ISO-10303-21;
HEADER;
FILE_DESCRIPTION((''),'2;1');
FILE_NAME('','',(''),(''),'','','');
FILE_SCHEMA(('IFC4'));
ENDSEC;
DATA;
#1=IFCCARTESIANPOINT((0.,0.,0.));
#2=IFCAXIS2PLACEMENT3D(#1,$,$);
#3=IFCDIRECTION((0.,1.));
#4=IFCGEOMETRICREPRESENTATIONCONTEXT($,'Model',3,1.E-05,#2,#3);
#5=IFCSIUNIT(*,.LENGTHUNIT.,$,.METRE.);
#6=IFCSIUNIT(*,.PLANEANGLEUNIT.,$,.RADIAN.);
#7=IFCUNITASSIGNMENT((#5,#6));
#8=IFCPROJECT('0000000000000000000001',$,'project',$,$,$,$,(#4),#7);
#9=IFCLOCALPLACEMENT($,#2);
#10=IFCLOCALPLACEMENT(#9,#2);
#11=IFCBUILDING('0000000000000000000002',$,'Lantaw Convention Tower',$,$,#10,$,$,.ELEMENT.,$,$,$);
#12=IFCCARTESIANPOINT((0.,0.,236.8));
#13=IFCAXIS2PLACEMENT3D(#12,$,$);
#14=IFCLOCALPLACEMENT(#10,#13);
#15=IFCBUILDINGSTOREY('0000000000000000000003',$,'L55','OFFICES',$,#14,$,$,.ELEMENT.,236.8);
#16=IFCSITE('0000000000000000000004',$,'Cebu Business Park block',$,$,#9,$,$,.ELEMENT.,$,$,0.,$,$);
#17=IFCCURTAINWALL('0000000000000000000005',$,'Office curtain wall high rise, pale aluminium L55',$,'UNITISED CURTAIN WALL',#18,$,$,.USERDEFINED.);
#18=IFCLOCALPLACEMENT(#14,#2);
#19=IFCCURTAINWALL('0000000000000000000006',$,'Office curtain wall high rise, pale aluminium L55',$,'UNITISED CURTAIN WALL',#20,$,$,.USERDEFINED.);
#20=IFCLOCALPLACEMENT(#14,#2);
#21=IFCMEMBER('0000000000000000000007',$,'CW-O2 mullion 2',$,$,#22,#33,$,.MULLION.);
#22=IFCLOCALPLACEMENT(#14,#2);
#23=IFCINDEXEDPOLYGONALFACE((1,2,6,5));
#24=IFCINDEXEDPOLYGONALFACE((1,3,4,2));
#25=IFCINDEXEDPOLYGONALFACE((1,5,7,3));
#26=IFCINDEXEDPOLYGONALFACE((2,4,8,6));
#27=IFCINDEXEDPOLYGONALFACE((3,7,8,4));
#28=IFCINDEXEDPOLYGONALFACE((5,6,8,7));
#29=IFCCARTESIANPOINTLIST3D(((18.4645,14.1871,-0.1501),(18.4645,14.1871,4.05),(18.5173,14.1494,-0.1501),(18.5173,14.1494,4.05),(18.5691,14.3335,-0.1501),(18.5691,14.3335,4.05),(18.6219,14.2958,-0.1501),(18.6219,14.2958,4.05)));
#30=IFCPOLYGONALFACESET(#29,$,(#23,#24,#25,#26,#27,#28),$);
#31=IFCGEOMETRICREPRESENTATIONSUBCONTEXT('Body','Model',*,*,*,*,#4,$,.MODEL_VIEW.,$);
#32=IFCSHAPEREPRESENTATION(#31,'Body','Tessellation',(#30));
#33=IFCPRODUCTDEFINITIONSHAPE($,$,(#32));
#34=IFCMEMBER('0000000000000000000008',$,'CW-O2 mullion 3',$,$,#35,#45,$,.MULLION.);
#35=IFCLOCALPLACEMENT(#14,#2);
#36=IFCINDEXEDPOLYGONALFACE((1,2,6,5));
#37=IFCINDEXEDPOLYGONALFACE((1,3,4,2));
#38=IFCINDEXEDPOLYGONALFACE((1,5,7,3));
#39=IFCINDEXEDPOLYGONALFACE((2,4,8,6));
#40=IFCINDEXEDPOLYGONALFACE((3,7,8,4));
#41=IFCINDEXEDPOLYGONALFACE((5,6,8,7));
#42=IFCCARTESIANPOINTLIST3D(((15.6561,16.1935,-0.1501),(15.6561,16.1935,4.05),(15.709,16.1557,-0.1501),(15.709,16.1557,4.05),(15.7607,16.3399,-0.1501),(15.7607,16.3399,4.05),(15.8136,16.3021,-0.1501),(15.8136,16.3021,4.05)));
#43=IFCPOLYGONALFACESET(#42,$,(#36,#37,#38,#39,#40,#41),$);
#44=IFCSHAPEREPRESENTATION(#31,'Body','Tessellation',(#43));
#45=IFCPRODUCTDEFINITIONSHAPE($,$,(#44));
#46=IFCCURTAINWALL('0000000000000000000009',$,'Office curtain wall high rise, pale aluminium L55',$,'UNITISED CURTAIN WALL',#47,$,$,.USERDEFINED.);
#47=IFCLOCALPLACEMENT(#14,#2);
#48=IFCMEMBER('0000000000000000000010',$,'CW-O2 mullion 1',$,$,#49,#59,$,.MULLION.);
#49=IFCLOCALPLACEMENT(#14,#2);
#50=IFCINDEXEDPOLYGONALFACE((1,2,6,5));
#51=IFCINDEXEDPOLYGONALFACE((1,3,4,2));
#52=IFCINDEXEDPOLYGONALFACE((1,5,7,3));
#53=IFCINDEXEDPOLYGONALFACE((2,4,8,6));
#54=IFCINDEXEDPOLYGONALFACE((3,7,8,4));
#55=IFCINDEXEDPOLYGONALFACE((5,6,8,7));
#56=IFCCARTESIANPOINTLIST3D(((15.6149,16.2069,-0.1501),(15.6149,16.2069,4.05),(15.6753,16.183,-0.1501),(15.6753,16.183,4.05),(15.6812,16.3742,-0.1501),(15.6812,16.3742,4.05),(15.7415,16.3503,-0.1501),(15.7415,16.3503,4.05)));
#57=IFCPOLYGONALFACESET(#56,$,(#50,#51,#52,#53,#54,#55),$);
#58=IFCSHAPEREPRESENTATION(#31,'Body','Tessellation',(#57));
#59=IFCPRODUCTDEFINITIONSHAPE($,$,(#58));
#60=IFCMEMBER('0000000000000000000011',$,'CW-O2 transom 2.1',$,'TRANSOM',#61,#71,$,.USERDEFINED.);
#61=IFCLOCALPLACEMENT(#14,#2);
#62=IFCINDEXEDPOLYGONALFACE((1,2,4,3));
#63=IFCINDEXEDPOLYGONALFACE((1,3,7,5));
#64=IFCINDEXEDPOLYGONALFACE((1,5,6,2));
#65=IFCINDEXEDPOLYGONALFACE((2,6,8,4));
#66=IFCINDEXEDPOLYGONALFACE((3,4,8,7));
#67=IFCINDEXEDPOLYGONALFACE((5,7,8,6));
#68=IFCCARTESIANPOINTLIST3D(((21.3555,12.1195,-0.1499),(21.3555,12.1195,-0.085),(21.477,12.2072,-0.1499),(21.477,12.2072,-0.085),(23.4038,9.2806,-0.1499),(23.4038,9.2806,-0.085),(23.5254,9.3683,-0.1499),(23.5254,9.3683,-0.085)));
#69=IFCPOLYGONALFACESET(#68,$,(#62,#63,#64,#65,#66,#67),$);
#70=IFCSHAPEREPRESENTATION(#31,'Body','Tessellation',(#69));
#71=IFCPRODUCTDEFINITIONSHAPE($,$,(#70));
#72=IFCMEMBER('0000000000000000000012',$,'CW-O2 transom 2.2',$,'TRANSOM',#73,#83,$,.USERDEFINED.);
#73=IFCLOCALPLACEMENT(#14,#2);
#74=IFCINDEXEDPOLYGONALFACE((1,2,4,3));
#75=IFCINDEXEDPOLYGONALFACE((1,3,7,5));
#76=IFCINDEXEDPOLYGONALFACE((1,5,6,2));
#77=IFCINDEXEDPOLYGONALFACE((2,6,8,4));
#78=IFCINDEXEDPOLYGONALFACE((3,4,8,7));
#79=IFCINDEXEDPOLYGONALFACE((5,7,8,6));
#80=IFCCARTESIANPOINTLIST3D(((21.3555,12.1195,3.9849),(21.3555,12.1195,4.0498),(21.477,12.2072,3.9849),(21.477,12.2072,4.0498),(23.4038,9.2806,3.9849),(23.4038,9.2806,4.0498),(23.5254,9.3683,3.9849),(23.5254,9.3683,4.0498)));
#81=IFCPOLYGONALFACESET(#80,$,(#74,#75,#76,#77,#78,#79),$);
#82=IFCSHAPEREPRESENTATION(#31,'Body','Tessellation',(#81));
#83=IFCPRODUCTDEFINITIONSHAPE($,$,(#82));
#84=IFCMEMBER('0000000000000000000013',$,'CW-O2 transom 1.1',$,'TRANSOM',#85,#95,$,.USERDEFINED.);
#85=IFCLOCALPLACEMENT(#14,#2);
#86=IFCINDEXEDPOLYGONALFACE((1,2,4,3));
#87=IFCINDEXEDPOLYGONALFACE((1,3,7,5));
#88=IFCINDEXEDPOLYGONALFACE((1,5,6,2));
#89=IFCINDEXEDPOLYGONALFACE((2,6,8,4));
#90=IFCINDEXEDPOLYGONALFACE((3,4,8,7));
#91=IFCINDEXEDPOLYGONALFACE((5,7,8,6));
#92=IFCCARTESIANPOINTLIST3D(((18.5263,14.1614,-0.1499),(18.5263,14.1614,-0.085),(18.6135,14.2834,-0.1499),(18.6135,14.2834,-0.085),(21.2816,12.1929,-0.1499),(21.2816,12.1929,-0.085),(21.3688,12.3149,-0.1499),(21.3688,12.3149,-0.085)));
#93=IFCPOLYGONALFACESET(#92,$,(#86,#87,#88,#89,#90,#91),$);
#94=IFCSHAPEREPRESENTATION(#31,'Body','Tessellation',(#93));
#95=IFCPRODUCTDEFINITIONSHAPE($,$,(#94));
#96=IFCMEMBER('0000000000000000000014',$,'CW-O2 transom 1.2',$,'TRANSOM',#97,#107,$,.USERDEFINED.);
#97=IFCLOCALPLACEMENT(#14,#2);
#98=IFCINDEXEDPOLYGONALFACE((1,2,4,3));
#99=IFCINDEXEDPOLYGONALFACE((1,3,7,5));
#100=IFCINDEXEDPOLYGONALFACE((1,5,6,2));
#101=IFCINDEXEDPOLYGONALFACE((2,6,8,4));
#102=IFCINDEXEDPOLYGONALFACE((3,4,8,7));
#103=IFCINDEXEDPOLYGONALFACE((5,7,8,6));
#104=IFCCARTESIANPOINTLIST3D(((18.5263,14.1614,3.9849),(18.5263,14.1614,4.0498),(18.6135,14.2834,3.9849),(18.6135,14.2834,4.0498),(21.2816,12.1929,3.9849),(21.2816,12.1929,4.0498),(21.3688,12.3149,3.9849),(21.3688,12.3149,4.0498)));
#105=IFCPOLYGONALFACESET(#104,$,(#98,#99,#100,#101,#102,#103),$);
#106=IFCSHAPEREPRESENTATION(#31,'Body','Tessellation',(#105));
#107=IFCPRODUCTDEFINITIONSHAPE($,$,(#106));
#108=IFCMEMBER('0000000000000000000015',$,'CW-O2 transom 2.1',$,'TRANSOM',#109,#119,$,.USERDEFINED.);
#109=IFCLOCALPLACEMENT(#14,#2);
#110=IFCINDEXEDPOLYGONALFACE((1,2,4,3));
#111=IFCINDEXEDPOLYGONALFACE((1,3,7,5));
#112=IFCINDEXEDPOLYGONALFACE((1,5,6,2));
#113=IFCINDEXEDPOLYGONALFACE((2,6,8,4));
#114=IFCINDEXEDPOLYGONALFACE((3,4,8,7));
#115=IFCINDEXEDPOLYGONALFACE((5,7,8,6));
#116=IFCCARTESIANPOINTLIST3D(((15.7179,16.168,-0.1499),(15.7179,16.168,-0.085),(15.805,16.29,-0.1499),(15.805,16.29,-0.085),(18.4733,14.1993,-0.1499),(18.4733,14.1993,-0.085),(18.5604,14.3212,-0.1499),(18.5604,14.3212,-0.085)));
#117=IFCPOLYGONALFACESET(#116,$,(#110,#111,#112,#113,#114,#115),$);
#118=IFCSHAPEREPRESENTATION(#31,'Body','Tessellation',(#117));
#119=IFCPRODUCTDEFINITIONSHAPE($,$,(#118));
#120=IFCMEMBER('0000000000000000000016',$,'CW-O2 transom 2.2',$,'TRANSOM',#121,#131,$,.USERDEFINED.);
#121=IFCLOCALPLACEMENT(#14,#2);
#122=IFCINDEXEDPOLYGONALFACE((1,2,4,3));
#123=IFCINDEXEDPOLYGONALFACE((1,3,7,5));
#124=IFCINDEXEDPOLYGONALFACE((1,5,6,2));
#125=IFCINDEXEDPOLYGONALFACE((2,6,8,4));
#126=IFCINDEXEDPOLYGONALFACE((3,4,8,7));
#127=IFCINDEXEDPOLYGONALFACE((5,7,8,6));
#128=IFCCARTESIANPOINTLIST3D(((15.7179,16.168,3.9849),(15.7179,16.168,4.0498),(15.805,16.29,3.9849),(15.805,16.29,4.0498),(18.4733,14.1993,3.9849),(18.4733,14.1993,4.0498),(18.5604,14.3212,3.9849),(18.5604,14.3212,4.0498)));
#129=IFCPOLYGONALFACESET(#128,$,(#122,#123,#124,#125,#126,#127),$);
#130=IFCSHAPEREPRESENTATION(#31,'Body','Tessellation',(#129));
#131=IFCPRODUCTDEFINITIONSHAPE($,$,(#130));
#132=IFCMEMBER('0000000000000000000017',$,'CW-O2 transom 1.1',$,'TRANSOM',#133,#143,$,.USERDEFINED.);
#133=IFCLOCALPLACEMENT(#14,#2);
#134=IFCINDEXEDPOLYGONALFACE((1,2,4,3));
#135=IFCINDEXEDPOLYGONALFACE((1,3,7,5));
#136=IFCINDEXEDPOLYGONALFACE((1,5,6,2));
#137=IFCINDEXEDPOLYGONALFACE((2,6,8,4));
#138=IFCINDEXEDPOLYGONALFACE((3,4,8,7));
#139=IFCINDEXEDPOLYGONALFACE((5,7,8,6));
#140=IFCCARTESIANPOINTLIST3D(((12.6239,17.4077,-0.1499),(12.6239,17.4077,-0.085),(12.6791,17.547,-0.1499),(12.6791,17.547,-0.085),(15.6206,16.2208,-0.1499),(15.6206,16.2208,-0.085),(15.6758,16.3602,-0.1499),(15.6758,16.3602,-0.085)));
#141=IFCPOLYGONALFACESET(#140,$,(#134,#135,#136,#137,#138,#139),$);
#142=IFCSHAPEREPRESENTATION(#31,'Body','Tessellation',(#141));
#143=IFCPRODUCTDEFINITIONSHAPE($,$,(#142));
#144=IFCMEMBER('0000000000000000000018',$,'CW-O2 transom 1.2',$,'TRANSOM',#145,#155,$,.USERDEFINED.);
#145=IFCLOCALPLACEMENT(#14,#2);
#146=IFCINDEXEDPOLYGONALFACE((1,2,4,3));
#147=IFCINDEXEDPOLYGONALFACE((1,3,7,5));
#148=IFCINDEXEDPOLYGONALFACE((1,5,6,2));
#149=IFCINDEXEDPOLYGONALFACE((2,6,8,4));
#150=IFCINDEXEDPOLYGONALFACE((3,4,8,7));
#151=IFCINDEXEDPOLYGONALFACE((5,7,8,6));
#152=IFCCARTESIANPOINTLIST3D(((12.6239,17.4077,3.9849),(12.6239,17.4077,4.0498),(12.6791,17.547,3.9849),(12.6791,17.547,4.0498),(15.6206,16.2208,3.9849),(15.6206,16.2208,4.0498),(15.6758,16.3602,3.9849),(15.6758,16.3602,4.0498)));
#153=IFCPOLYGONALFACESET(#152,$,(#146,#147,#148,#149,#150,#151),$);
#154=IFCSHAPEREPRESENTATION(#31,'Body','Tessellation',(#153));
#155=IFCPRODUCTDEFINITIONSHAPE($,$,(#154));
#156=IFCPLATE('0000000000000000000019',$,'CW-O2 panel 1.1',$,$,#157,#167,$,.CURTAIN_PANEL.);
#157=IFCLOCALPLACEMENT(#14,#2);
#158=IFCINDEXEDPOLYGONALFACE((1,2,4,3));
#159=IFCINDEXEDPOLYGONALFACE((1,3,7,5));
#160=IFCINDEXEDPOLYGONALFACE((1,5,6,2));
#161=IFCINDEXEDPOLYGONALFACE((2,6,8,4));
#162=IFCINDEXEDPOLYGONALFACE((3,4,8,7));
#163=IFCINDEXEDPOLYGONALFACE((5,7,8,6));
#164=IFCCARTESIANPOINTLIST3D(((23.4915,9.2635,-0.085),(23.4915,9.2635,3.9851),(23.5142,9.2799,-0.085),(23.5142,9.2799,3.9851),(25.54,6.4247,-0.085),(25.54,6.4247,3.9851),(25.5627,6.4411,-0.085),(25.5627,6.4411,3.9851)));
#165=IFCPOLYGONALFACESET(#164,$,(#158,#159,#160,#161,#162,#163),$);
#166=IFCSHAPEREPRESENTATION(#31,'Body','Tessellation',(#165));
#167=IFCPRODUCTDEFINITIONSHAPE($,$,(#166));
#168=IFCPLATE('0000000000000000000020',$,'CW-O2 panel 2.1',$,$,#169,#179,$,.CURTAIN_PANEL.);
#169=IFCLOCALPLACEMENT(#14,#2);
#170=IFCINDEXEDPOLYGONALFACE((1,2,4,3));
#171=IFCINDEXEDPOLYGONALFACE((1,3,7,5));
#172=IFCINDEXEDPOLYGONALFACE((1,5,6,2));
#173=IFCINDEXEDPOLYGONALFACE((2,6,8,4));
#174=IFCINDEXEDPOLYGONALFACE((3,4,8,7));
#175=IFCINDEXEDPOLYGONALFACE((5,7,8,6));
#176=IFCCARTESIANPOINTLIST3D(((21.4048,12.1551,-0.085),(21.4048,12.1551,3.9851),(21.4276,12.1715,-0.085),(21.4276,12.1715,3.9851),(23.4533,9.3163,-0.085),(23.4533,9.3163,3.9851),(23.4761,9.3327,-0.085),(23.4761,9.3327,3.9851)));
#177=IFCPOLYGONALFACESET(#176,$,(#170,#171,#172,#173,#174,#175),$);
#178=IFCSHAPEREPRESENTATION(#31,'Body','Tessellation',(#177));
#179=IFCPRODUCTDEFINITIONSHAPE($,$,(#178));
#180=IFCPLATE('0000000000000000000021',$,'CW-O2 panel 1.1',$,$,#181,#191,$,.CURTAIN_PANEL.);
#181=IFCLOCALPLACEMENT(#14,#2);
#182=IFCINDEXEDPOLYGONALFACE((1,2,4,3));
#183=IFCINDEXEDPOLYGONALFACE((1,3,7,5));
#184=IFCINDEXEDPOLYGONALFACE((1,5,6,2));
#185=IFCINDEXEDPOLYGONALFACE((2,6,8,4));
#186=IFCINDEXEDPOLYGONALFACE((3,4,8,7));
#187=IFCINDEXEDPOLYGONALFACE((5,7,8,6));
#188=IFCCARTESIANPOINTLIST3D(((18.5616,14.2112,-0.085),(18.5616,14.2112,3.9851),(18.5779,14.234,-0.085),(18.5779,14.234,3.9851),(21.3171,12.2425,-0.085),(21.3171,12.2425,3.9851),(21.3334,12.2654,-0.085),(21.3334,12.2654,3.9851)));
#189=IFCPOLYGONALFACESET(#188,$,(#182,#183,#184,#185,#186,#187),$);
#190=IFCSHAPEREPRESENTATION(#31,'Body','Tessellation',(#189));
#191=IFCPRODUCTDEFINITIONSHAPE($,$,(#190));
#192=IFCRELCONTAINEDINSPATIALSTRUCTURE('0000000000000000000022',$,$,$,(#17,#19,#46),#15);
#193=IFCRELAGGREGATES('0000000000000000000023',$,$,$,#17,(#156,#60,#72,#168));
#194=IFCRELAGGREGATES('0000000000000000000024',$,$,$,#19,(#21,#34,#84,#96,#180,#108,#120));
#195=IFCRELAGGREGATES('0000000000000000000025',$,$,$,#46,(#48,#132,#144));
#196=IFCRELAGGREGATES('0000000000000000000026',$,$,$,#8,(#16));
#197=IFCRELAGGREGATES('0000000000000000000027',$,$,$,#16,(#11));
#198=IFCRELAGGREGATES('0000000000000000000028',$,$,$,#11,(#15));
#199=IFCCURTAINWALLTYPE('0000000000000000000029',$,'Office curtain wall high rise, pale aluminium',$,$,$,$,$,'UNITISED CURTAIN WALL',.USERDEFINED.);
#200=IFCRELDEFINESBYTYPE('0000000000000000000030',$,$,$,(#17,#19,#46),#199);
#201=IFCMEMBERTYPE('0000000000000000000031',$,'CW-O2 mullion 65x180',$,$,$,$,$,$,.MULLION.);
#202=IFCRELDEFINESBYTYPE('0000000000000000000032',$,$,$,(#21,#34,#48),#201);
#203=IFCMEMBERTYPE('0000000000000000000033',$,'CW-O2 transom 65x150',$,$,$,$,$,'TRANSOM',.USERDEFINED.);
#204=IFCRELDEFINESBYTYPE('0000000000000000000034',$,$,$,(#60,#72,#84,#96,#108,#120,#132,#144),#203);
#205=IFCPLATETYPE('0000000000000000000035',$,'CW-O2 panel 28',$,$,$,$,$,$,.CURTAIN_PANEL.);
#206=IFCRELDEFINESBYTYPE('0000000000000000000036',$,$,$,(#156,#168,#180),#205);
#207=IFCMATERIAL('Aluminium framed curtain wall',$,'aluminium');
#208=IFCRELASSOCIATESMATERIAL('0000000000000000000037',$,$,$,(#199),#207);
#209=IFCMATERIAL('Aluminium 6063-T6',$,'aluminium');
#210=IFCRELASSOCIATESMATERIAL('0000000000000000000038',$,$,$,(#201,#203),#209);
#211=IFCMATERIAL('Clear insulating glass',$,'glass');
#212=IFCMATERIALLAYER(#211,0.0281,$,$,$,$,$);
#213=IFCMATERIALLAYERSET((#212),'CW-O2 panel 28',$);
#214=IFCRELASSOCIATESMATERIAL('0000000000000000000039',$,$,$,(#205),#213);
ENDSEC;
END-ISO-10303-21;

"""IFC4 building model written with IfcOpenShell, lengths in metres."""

from ifc_helpers import new_model, si_unit, direction, frame, origin, origin_2d, place, context, subcontext, project, spatial, rectangle, extrude, material, layer, layer_set, material_profile, profile_set, type_object, element, aggregate, save


model = new_model("IFC4")

# Units and contexts
model_context = context("Model", 3, precision=1e-05, world=origin(), true_north=direction((0.0, 1.0)))
body_context = subcontext(model_context, "Body", "Model", "MODEL_VIEW")
ifc_project = project(units=[si_unit("LENGTHUNIT", "METRE"), si_unit("PLANEANGLEUNIT", "RADIAN")], contexts=[model_context])

# Site, building, storey
site_placement = place(None, origin())
site = spatial("IfcSite", under=ifc_project, at=site_placement, Name="Cebu Business Park block", CompositionType="ELEMENT", RefElevation=0.0)
building_placement = place(site_placement, origin())
building = spatial("IfcBuilding", under=site, at=building_placement, Name="Lantaw Convention Tower", CompositionType="ELEMENT")
storey_placement = place(building_placement, frame((0.0, 0.0, 236.8)))
storey = spatial("IfcBuildingStorey", under=building, at=storey_placement, Name="L55", Description="OFFICES", CompositionType="ELEMENT", Elevation=236.8)

# Curtain walls, members
ifc_material_1 = material(Name="Aluminium framed curtain wall", Category="aluminium")
curtain_wall_type = type_object("IfcCurtainWallType", Name="Office curtain wall high rise, pale aluminium", ElementType="UNITISED CURTAIN WALL", PredefinedType="USERDEFINED", material=ifc_material_1)
curtain_wall_1_placement = place(storey_placement, origin())
curtain_wall_1 = element("IfcCurtainWall", 1, at=curtain_wall_1_placement, inside=storey, type_object=curtain_wall_type, Name="Office curtain wall high rise, pale aluminium L55", ObjectType="UNITISED CURTAIN WALL", PredefinedType="USERDEFINED")
ifc_material_2 = material(Name="Aluminium 6063-T6", Category="aluminium")
ifc_material_profile_1 = material_profile(ifc_material_2, rectangle(XDim=0.1799, YDim=0.0649, at=origin_2d()), Name="CW-O2 mullion 65x180")
ifc_profile_set_1 = profile_set([ifc_material_profile_1], Name="Aluminium 6063-T6")
member_type_1 = type_object("IfcMemberType", Name="CW-O2 mullion 65x180", PredefinedType="MULLION", material=ifc_profile_set_1)
curtain_wall_2_placement = place(storey_placement, origin())
curtain_wall_2 = element("IfcCurtainWall", 2, at=curtain_wall_2_placement, inside=storey, type_object=curtain_wall_type, Name="Office curtain wall high rise, pale aluminium L55", ObjectType="UNITISED CURTAIN WALL", PredefinedType="USERDEFINED")
member_1_placement = place(storey_placement, frame((18.5432, 14.2415, -0.1501), z_axis=(0.0, 0.0, 1.0), x_axis=(-0.581323, -0.813673, 0.0)))
member_1 = element("IfcMember", 3, at=member_1_placement, type_object=member_type_1, Name="CW-O2 mullion 2", PredefinedType="MULLION", context=body_context, shape_type="SweptSolid", body=[
    extrude(rectangle(XDim=0.1799, YDim=0.0649, at=origin_2d()), origin(), (0.0, 0.0, 1.0), 4.2002),
])
member_2_placement = place(storey_placement, frame((15.7349, 16.2478, -0.1501), z_axis=(0.0, 0.0, 1.0), x_axis=(-0.581323, -0.813673, 0.0)))
member_2 = element("IfcMember", 4, at=member_2_placement, type_object=member_type_1, Name="CW-O2 mullion 3", PredefinedType="MULLION", context=body_context, shape_type="SweptSolid", body=[
    extrude(rectangle(XDim=0.1799, YDim=0.0649, at=origin_2d()), origin(), (0.0, 0.0, 1.0), 4.2002),
])

# Curtain wall, member
curtain_wall_3_placement = place(storey_placement, origin())
curtain_wall_3 = element("IfcCurtainWall", 5, at=curtain_wall_3_placement, inside=storey, type_object=curtain_wall_type, Name="Office curtain wall high rise, pale aluminium L55", ObjectType="UNITISED CURTAIN WALL", PredefinedType="USERDEFINED")
member_3_placement = place(storey_placement, frame((15.6782, 16.2786, -0.1501), z_axis=(0.0, 0.0, 1.0), x_axis=(-0.368162, -0.929762, 0.0)))
member_3 = element("IfcMember", 6, at=member_3_placement, type_object=member_type_1, Name="CW-O2 mullion 1", PredefinedType="MULLION", context=body_context, shape_type="SweptSolid", body=[
    extrude(rectangle(XDim=0.1799, YDim=0.0649, at=origin_2d()), origin(), (0.0, 0.0, 1.0), 4.2002),
])

# Members
ifc_material_profile_2 = material_profile(ifc_material_2, rectangle(XDim=0.1499, YDim=0.0649, at=origin_2d()), Name="CW-O2 transom 65x150")
ifc_profile_set_2 = profile_set([ifc_material_profile_2], Name="Aluminium 6063-T6")
member_type_2 = type_object("IfcMemberType", Name="CW-O2 transom 65x150", ElementType="TRANSOM", PredefinedType="USERDEFINED", material=ifc_profile_set_2)
member_4_placement = place(storey_placement, frame((23.4646, 9.3245, -0.1174), z_axis=(-0.585124, 0.810944, 0.0), x_axis=(-0.810944, -0.585124, 0.0)))
member_4 = element("IfcMember", 7, at=member_4_placement, type_object=member_type_2, Name="CW-O2 transom 2.1", ObjectType="TRANSOM", PredefinedType="USERDEFINED", context=body_context, shape_type="SweptSolid", body=[
    extrude(rectangle(XDim=0.1499, YDim=0.0649, at=origin_2d()), origin(), (0.0, 0.0, 1.0), 3.5007),
])
member_5_placement = place(storey_placement, frame((23.4646, 9.3245, 4.0173), z_axis=(-0.585124, 0.810944, 0.0), x_axis=(-0.810944, -0.585124, 0.0)))
member_5 = element("IfcMember", 8, at=member_5_placement, type_object=member_type_2, Name="CW-O2 transom 2.2", ObjectType="TRANSOM", PredefinedType="USERDEFINED", context=body_context, shape_type="SweptSolid", body=[
    extrude(rectangle(XDim=0.1499, YDim=0.0649, at=origin_2d()), origin(), (0.0, 0.0, 1.0), 3.5007),
])
member_6_placement = place(storey_placement, frame((21.3252, 12.2539, -0.1174), z_axis=(-0.81368, 0.581313, 0.0), x_axis=(-0.581313, -0.81368, 0.0)))
member_6 = element("IfcMember", 9, at=member_6_placement, type_object=member_type_2, Name="CW-O2 transom 1.1", ObjectType="TRANSOM", PredefinedType="USERDEFINED", context=body_context, shape_type="SweptSolid", body=[
    extrude(rectangle(XDim=0.1499, YDim=0.0649, at=origin_2d()), origin(), (0.0, 0.0, 1.0), 3.3862),
])
member_7_placement = place(storey_placement, frame((21.3252, 12.2539, 4.0173), z_axis=(-0.81368, 0.581313, 0.0), x_axis=(-0.581313, -0.81368, 0.0)))
member_7 = element("IfcMember", 10, at=member_7_placement, type_object=member_type_2, Name="CW-O2 transom 1.2", ObjectType="TRANSOM", PredefinedType="USERDEFINED", context=body_context, shape_type="SweptSolid", body=[
    extrude(rectangle(XDim=0.1499, YDim=0.0649, at=origin_2d()), origin(), (0.0, 0.0, 1.0), 3.3862),
])
member_8_placement = place(storey_placement, frame((18.5168, 14.2603, -0.1174), z_axis=(-0.813646, 0.581361, 0.0), x_axis=(-0.581361, -0.813646, 0.0)))
member_8 = element("IfcMember", 11, at=member_8_placement, type_object=member_type_2, Name="CW-O2 transom 2.1", ObjectType="TRANSOM", PredefinedType="USERDEFINED", context=body_context, shape_type="SweptSolid", body=[
    extrude(rectangle(XDim=0.1499, YDim=0.0649, at=origin_2d()), origin(), (0.0, 0.0, 1.0), 3.3865),
])
member_9_placement = place(storey_placement, frame((18.5168, 14.2603, 4.0173), z_axis=(-0.813646, 0.581361, 0.0), x_axis=(-0.581361, -0.813646, 0.0)))
member_9 = element("IfcMember", 12, at=member_9_placement, type_object=member_type_2, Name="CW-O2 transom 2.2", ObjectType="TRANSOM", PredefinedType="USERDEFINED", context=body_context, shape_type="SweptSolid", body=[
    extrude(rectangle(XDim=0.1499, YDim=0.0649, at=origin_2d()), origin(), (0.0, 0.0, 1.0), 3.3865),
])
member_10_placement = place(storey_placement, frame((15.6482, 16.2905, -0.1174), z_axis=(-0.929741, 0.368215, 0.0), x_axis=(-0.368215, -0.929741, 0.0)))
member_10 = element("IfcMember", 13, at=member_10_placement, type_object=member_type_2, Name="CW-O2 transom 1.1", ObjectType="TRANSOM", PredefinedType="USERDEFINED", context=body_context, shape_type="SweptSolid", body=[
    extrude(rectangle(XDim=0.1499, YDim=0.0649, at=origin_2d()), origin(), (0.0, 0.0, 1.0), 3.2231),
])
member_11_placement = place(storey_placement, frame((15.6482, 16.2905, 4.0173), z_axis=(-0.929741, 0.368215, 0.0), x_axis=(-0.368215, -0.929741, 0.0)))
member_11 = element("IfcMember", 14, at=member_11_placement, type_object=member_type_2, Name="CW-O2 transom 1.2", ObjectType="TRANSOM", PredefinedType="USERDEFINED", context=body_context, shape_type="SweptSolid", body=[
    extrude(rectangle(XDim=0.1499, YDim=0.0649, at=origin_2d()), origin(), (0.0, 0.0, 1.0), 3.2231),
])

# Plates
ifc_material_3 = material(Name="Clear insulating glass", Category="glass")
ifc_layer_1 = layer(ifc_material_3, 0.0281)
ifc_layer_set_1 = layer_set([ifc_layer_1], Name="CW-O2 panel 28")
plate_type_1 = type_object("IfcPlateType", Name="CW-O2 panel 28", PredefinedType="CURTAIN_PANEL", material=ifc_layer_set_1)
plate_1_placement = place(storey_placement, frame((24.5271, 7.8523, -0.085), z_axis=(0.0, 0.0, 1.0), x_axis=(-0.585158, 0.81092, 0.0)))
plate_1 = element("IfcPlate", 15, at=plate_1_placement, type_object=plate_type_1, Name="CW-O2 panel 1.1", PredefinedType="CURTAIN_PANEL", context=body_context, shape_type="SweptSolid", body=[
    extrude(rectangle(XDim=3.5007, YDim=0.0281, at=origin_2d()), origin(), (0.0, 0.0, 1.0), 4.0701),
])
plate_2_placement = place(storey_placement, frame((22.4404, 10.7439, -0.085), z_axis=(0.0, 0.0, 1.0), x_axis=(-0.585158, 0.81092, 0.0)))
plate_2 = element("IfcPlate", 16, at=plate_2_placement, type_object=plate_type_1, Name="CW-O2 panel 2.1", PredefinedType="CURTAIN_PANEL", context=body_context, shape_type="SweptSolid", body=[
    extrude(rectangle(XDim=3.5007, YDim=0.0281, at=origin_2d()), origin(), (0.0, 0.0, 1.0), 4.0701),
])
aggregate(curtain_wall_1, [plate_1, member_4, member_5, plate_2])
plate_3_placement = place(storey_placement, frame((19.9475, 13.2383, -0.085), z_axis=(0.0, 0.0, 1.0), x_axis=(-0.813673, 0.581323, 0.0)))
plate_3 = element("IfcPlate", 17, at=plate_3_placement, type_object=plate_type_1, Name="CW-O2 panel 1.1", PredefinedType="CURTAIN_PANEL", context=body_context, shape_type="SweptSolid", body=[
    extrude(rectangle(XDim=3.3865, YDim=0.0281, at=origin_2d()), origin(), (0.0, 0.0, 1.0), 4.0701),
])
aggregate(curtain_wall_2, [member_1, member_2, member_6, member_7, plate_3, member_8, member_9])
aggregate(curtain_wall_3, [member_3, member_10, member_11])

save(model, "model.ifc")
